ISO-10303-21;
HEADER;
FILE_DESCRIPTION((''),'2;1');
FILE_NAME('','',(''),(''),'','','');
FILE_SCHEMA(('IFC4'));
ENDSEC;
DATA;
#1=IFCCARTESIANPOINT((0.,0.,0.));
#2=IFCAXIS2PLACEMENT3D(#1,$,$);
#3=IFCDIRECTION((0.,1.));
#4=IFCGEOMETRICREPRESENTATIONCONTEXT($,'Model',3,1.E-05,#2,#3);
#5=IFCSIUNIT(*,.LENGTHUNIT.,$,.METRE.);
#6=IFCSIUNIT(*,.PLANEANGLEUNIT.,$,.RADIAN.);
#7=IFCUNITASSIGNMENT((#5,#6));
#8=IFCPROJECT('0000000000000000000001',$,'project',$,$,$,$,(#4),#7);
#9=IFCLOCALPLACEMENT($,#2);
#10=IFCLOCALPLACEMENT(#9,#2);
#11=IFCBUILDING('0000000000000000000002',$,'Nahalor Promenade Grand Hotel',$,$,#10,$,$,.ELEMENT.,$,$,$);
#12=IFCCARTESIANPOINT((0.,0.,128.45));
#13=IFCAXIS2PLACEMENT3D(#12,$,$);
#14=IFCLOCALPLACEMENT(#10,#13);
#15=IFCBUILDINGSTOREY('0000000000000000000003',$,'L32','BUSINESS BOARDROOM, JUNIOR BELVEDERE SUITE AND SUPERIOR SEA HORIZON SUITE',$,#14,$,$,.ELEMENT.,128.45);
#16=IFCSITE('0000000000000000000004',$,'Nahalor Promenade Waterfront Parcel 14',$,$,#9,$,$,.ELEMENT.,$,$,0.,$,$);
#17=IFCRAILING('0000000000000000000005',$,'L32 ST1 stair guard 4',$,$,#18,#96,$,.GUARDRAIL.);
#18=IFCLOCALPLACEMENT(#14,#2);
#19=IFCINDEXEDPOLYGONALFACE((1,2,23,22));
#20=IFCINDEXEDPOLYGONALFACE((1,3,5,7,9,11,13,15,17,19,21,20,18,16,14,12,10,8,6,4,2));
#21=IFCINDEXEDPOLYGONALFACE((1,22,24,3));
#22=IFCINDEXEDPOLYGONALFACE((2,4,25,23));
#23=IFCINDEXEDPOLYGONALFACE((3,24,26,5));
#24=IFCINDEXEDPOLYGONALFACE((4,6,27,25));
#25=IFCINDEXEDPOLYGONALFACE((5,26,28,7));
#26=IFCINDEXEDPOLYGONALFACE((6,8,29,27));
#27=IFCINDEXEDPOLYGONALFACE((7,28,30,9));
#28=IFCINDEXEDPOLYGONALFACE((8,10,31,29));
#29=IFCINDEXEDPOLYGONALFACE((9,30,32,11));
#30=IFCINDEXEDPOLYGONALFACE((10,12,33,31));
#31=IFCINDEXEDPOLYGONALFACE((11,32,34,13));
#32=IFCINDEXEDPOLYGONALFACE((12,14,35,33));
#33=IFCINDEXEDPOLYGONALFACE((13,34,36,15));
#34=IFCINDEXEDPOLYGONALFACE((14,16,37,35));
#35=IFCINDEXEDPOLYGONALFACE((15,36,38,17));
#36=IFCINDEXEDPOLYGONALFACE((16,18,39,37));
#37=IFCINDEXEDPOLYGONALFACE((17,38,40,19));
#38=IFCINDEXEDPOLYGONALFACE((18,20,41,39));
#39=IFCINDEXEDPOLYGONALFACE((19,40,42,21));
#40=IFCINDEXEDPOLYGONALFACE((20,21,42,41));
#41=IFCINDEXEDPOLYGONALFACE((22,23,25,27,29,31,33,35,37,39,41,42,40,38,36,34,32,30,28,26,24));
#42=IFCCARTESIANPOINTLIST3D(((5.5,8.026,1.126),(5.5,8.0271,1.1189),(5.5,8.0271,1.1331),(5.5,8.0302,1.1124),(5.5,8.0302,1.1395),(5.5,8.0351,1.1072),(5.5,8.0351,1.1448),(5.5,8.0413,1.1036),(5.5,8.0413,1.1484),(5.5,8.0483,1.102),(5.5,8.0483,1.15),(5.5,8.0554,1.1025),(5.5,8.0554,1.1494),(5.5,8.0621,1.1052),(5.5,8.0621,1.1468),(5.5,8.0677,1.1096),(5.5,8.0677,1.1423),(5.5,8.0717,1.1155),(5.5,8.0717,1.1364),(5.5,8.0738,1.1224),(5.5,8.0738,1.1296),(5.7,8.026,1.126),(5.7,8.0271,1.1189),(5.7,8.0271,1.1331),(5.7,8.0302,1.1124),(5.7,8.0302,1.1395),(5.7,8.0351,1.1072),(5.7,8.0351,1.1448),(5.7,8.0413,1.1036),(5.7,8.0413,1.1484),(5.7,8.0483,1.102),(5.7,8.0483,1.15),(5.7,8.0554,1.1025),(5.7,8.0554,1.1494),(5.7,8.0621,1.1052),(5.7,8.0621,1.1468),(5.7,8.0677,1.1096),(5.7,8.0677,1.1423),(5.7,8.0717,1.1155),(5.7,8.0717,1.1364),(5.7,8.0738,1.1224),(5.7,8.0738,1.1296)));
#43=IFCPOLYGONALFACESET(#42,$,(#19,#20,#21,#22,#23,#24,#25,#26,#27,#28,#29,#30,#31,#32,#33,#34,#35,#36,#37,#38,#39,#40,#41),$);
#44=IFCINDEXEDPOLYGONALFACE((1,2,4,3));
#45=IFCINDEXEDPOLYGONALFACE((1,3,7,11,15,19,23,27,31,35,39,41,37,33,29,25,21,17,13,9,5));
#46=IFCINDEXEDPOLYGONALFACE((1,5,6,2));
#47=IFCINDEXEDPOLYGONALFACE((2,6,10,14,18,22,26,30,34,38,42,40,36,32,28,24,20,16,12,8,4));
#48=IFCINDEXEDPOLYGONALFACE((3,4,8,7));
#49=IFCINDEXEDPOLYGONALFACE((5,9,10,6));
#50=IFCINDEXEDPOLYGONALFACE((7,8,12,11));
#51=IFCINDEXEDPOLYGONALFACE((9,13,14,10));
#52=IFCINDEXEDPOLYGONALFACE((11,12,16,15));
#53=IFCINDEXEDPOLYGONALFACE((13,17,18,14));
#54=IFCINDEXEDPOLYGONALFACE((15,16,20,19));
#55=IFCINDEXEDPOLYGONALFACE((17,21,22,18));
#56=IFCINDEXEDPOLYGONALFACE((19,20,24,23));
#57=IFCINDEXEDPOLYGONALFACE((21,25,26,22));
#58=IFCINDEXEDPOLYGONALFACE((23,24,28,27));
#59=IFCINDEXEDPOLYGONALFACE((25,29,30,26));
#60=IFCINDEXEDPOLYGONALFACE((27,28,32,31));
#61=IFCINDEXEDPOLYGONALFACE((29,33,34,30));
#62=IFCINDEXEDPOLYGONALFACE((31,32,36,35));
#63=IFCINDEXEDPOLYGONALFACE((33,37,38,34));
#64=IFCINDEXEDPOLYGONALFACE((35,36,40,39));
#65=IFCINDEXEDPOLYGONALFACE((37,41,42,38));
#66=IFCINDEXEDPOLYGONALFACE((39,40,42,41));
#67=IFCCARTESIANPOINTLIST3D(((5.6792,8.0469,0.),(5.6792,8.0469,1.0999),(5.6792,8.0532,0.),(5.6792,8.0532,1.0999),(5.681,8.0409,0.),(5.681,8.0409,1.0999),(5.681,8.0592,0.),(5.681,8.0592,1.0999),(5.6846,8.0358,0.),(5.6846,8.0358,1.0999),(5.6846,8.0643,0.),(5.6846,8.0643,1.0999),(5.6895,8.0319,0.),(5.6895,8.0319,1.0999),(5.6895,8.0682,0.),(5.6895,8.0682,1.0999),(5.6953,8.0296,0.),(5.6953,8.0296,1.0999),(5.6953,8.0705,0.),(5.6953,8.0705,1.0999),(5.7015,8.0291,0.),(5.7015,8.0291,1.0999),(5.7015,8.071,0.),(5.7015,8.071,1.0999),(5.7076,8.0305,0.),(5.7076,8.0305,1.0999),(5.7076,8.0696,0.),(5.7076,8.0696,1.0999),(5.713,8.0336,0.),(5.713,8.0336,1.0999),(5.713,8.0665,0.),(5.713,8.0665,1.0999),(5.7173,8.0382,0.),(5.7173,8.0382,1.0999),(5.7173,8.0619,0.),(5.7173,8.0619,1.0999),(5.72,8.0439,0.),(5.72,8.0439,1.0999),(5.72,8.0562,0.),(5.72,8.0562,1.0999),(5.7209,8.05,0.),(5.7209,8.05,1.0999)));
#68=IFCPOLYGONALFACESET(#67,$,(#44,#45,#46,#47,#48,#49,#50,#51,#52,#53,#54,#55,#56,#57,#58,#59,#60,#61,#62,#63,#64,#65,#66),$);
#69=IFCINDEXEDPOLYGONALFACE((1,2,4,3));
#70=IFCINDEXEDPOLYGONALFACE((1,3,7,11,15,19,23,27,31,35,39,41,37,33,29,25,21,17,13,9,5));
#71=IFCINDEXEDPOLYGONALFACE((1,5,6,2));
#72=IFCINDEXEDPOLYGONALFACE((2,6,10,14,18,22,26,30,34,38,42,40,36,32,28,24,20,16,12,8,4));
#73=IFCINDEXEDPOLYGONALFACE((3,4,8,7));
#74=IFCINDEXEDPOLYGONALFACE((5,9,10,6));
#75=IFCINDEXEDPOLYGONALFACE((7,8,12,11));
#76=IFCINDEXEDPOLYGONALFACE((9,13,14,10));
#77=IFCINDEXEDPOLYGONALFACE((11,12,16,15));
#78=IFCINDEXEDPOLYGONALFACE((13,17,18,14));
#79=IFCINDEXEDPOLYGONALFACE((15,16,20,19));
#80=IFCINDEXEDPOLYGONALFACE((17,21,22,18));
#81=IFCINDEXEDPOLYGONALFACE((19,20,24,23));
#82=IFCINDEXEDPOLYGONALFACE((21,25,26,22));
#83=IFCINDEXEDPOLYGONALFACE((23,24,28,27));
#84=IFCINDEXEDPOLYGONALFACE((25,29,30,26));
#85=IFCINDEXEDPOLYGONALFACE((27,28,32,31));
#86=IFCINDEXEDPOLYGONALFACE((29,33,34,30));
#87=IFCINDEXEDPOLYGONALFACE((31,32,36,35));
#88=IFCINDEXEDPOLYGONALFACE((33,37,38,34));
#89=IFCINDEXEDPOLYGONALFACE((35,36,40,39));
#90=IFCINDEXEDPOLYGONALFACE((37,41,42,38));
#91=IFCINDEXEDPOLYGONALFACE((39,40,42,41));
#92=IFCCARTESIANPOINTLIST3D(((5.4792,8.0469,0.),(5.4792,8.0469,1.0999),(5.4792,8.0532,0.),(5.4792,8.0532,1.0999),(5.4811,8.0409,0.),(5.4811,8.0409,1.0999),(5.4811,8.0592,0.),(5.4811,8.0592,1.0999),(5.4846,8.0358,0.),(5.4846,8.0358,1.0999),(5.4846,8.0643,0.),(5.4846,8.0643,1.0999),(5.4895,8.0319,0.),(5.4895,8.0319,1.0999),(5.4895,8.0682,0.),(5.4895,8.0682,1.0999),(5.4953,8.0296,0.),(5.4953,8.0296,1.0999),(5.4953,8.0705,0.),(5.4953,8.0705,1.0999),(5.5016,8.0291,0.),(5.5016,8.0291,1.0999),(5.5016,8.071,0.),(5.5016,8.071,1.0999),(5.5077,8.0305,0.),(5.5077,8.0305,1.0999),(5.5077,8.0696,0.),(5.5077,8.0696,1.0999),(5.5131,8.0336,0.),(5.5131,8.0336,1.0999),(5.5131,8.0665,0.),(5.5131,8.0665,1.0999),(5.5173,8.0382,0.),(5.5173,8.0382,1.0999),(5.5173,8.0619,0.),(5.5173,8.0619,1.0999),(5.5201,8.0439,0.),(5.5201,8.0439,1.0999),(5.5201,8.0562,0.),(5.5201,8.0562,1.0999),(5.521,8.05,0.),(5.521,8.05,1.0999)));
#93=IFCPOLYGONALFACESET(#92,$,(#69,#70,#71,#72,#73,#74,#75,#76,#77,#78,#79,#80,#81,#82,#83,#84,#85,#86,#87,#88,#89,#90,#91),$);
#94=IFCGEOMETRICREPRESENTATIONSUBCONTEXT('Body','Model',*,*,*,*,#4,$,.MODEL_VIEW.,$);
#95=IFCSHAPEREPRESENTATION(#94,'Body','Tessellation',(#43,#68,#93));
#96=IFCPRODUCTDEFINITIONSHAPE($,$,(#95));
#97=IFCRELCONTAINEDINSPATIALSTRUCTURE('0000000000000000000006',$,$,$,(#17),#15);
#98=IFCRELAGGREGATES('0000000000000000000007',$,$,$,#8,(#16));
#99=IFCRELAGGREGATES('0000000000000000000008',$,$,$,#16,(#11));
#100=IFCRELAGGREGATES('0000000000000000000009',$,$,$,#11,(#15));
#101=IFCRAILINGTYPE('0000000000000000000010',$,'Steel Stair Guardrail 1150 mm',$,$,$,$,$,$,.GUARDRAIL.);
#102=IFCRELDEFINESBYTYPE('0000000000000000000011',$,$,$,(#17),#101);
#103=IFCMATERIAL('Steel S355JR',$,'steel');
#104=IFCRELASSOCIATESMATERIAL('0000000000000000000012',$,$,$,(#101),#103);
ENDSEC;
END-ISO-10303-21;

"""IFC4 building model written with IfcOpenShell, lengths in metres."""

from ifc_helpers import new_model, si_unit, direction, frame, origin, origin_2d, place, context, subcontext, project, spatial, circle, extrude, material, type_object, element, save


model = new_model("IFC4")

# Units and contexts
model_context = context("Model", 3, precision=1e-05, world=origin(), true_north=direction((0.0, 1.0)))
body_context = subcontext(model_context, "Body", "Model", "MODEL_VIEW")
ifc_project = project(units=[si_unit("LENGTHUNIT", "METRE"), si_unit("PLANEANGLEUNIT", "RADIAN")], contexts=[model_context])

# Site, building, storey
site_placement = place(None, origin())
site = spatial("IfcSite", under=ifc_project, at=site_placement, Name="Nahalor Promenade Waterfront Parcel 14", CompositionType="ELEMENT", RefElevation=0.0)
building_placement = place(site_placement, origin())
building = spatial("IfcBuilding", under=site, at=building_placement, Name="Nahalor Promenade Grand Hotel", CompositionType="ELEMENT")
storey_placement = place(building_placement, frame((0.0, 0.0, 128.45)))
storey = spatial("IfcBuildingStorey", under=building, at=storey_placement, Name="L32", Description="BUSINESS BOARDROOM, JUNIOR BELVEDERE SUITE AND SUPERIOR SEA HORIZON SUITE", CompositionType="ELEMENT", Elevation=128.45)

# Shared definitions
ifc_material_1 = material(Name="Steel S355JR", Category="steel")

# Railing
railing_type_1 = type_object("IfcRailingType", Name="Steel Stair Guardrail 1150 mm", PredefinedType="GUARDRAIL", material=ifc_material_1)
railing_1_placement = place(storey_placement, frame((5.7, 8.05, 0.0)))
element("IfcRailing", 1, at=railing_1_placement, inside=storey, type_object=railing_type_1, Name="L32 ST1 stair guard 4", PredefinedType="GUARDRAIL", context=body_context, shape_type="SweptSolid", body=[
    extrude(circle(Radius=0.024, at=origin_2d()), frame((0.0, 0.0, 1.126), z_axis=(-1.0, 0.0, 0.0), x_axis=(0.0, -1.0, 0.0)), (0.0, 0.0, 1.0), 0.2),
    extrude(circle(Radius=0.021, at=origin_2d()), origin(), (0.0, 0.0, 1.0), 1.0999),
    extrude(circle(Radius=0.021, at=origin_2d()), frame((-0.2, 0.0, 0.0)), (0.0, 0.0, 1.0), 1.0999),
])

save(model, "model.ifc")
